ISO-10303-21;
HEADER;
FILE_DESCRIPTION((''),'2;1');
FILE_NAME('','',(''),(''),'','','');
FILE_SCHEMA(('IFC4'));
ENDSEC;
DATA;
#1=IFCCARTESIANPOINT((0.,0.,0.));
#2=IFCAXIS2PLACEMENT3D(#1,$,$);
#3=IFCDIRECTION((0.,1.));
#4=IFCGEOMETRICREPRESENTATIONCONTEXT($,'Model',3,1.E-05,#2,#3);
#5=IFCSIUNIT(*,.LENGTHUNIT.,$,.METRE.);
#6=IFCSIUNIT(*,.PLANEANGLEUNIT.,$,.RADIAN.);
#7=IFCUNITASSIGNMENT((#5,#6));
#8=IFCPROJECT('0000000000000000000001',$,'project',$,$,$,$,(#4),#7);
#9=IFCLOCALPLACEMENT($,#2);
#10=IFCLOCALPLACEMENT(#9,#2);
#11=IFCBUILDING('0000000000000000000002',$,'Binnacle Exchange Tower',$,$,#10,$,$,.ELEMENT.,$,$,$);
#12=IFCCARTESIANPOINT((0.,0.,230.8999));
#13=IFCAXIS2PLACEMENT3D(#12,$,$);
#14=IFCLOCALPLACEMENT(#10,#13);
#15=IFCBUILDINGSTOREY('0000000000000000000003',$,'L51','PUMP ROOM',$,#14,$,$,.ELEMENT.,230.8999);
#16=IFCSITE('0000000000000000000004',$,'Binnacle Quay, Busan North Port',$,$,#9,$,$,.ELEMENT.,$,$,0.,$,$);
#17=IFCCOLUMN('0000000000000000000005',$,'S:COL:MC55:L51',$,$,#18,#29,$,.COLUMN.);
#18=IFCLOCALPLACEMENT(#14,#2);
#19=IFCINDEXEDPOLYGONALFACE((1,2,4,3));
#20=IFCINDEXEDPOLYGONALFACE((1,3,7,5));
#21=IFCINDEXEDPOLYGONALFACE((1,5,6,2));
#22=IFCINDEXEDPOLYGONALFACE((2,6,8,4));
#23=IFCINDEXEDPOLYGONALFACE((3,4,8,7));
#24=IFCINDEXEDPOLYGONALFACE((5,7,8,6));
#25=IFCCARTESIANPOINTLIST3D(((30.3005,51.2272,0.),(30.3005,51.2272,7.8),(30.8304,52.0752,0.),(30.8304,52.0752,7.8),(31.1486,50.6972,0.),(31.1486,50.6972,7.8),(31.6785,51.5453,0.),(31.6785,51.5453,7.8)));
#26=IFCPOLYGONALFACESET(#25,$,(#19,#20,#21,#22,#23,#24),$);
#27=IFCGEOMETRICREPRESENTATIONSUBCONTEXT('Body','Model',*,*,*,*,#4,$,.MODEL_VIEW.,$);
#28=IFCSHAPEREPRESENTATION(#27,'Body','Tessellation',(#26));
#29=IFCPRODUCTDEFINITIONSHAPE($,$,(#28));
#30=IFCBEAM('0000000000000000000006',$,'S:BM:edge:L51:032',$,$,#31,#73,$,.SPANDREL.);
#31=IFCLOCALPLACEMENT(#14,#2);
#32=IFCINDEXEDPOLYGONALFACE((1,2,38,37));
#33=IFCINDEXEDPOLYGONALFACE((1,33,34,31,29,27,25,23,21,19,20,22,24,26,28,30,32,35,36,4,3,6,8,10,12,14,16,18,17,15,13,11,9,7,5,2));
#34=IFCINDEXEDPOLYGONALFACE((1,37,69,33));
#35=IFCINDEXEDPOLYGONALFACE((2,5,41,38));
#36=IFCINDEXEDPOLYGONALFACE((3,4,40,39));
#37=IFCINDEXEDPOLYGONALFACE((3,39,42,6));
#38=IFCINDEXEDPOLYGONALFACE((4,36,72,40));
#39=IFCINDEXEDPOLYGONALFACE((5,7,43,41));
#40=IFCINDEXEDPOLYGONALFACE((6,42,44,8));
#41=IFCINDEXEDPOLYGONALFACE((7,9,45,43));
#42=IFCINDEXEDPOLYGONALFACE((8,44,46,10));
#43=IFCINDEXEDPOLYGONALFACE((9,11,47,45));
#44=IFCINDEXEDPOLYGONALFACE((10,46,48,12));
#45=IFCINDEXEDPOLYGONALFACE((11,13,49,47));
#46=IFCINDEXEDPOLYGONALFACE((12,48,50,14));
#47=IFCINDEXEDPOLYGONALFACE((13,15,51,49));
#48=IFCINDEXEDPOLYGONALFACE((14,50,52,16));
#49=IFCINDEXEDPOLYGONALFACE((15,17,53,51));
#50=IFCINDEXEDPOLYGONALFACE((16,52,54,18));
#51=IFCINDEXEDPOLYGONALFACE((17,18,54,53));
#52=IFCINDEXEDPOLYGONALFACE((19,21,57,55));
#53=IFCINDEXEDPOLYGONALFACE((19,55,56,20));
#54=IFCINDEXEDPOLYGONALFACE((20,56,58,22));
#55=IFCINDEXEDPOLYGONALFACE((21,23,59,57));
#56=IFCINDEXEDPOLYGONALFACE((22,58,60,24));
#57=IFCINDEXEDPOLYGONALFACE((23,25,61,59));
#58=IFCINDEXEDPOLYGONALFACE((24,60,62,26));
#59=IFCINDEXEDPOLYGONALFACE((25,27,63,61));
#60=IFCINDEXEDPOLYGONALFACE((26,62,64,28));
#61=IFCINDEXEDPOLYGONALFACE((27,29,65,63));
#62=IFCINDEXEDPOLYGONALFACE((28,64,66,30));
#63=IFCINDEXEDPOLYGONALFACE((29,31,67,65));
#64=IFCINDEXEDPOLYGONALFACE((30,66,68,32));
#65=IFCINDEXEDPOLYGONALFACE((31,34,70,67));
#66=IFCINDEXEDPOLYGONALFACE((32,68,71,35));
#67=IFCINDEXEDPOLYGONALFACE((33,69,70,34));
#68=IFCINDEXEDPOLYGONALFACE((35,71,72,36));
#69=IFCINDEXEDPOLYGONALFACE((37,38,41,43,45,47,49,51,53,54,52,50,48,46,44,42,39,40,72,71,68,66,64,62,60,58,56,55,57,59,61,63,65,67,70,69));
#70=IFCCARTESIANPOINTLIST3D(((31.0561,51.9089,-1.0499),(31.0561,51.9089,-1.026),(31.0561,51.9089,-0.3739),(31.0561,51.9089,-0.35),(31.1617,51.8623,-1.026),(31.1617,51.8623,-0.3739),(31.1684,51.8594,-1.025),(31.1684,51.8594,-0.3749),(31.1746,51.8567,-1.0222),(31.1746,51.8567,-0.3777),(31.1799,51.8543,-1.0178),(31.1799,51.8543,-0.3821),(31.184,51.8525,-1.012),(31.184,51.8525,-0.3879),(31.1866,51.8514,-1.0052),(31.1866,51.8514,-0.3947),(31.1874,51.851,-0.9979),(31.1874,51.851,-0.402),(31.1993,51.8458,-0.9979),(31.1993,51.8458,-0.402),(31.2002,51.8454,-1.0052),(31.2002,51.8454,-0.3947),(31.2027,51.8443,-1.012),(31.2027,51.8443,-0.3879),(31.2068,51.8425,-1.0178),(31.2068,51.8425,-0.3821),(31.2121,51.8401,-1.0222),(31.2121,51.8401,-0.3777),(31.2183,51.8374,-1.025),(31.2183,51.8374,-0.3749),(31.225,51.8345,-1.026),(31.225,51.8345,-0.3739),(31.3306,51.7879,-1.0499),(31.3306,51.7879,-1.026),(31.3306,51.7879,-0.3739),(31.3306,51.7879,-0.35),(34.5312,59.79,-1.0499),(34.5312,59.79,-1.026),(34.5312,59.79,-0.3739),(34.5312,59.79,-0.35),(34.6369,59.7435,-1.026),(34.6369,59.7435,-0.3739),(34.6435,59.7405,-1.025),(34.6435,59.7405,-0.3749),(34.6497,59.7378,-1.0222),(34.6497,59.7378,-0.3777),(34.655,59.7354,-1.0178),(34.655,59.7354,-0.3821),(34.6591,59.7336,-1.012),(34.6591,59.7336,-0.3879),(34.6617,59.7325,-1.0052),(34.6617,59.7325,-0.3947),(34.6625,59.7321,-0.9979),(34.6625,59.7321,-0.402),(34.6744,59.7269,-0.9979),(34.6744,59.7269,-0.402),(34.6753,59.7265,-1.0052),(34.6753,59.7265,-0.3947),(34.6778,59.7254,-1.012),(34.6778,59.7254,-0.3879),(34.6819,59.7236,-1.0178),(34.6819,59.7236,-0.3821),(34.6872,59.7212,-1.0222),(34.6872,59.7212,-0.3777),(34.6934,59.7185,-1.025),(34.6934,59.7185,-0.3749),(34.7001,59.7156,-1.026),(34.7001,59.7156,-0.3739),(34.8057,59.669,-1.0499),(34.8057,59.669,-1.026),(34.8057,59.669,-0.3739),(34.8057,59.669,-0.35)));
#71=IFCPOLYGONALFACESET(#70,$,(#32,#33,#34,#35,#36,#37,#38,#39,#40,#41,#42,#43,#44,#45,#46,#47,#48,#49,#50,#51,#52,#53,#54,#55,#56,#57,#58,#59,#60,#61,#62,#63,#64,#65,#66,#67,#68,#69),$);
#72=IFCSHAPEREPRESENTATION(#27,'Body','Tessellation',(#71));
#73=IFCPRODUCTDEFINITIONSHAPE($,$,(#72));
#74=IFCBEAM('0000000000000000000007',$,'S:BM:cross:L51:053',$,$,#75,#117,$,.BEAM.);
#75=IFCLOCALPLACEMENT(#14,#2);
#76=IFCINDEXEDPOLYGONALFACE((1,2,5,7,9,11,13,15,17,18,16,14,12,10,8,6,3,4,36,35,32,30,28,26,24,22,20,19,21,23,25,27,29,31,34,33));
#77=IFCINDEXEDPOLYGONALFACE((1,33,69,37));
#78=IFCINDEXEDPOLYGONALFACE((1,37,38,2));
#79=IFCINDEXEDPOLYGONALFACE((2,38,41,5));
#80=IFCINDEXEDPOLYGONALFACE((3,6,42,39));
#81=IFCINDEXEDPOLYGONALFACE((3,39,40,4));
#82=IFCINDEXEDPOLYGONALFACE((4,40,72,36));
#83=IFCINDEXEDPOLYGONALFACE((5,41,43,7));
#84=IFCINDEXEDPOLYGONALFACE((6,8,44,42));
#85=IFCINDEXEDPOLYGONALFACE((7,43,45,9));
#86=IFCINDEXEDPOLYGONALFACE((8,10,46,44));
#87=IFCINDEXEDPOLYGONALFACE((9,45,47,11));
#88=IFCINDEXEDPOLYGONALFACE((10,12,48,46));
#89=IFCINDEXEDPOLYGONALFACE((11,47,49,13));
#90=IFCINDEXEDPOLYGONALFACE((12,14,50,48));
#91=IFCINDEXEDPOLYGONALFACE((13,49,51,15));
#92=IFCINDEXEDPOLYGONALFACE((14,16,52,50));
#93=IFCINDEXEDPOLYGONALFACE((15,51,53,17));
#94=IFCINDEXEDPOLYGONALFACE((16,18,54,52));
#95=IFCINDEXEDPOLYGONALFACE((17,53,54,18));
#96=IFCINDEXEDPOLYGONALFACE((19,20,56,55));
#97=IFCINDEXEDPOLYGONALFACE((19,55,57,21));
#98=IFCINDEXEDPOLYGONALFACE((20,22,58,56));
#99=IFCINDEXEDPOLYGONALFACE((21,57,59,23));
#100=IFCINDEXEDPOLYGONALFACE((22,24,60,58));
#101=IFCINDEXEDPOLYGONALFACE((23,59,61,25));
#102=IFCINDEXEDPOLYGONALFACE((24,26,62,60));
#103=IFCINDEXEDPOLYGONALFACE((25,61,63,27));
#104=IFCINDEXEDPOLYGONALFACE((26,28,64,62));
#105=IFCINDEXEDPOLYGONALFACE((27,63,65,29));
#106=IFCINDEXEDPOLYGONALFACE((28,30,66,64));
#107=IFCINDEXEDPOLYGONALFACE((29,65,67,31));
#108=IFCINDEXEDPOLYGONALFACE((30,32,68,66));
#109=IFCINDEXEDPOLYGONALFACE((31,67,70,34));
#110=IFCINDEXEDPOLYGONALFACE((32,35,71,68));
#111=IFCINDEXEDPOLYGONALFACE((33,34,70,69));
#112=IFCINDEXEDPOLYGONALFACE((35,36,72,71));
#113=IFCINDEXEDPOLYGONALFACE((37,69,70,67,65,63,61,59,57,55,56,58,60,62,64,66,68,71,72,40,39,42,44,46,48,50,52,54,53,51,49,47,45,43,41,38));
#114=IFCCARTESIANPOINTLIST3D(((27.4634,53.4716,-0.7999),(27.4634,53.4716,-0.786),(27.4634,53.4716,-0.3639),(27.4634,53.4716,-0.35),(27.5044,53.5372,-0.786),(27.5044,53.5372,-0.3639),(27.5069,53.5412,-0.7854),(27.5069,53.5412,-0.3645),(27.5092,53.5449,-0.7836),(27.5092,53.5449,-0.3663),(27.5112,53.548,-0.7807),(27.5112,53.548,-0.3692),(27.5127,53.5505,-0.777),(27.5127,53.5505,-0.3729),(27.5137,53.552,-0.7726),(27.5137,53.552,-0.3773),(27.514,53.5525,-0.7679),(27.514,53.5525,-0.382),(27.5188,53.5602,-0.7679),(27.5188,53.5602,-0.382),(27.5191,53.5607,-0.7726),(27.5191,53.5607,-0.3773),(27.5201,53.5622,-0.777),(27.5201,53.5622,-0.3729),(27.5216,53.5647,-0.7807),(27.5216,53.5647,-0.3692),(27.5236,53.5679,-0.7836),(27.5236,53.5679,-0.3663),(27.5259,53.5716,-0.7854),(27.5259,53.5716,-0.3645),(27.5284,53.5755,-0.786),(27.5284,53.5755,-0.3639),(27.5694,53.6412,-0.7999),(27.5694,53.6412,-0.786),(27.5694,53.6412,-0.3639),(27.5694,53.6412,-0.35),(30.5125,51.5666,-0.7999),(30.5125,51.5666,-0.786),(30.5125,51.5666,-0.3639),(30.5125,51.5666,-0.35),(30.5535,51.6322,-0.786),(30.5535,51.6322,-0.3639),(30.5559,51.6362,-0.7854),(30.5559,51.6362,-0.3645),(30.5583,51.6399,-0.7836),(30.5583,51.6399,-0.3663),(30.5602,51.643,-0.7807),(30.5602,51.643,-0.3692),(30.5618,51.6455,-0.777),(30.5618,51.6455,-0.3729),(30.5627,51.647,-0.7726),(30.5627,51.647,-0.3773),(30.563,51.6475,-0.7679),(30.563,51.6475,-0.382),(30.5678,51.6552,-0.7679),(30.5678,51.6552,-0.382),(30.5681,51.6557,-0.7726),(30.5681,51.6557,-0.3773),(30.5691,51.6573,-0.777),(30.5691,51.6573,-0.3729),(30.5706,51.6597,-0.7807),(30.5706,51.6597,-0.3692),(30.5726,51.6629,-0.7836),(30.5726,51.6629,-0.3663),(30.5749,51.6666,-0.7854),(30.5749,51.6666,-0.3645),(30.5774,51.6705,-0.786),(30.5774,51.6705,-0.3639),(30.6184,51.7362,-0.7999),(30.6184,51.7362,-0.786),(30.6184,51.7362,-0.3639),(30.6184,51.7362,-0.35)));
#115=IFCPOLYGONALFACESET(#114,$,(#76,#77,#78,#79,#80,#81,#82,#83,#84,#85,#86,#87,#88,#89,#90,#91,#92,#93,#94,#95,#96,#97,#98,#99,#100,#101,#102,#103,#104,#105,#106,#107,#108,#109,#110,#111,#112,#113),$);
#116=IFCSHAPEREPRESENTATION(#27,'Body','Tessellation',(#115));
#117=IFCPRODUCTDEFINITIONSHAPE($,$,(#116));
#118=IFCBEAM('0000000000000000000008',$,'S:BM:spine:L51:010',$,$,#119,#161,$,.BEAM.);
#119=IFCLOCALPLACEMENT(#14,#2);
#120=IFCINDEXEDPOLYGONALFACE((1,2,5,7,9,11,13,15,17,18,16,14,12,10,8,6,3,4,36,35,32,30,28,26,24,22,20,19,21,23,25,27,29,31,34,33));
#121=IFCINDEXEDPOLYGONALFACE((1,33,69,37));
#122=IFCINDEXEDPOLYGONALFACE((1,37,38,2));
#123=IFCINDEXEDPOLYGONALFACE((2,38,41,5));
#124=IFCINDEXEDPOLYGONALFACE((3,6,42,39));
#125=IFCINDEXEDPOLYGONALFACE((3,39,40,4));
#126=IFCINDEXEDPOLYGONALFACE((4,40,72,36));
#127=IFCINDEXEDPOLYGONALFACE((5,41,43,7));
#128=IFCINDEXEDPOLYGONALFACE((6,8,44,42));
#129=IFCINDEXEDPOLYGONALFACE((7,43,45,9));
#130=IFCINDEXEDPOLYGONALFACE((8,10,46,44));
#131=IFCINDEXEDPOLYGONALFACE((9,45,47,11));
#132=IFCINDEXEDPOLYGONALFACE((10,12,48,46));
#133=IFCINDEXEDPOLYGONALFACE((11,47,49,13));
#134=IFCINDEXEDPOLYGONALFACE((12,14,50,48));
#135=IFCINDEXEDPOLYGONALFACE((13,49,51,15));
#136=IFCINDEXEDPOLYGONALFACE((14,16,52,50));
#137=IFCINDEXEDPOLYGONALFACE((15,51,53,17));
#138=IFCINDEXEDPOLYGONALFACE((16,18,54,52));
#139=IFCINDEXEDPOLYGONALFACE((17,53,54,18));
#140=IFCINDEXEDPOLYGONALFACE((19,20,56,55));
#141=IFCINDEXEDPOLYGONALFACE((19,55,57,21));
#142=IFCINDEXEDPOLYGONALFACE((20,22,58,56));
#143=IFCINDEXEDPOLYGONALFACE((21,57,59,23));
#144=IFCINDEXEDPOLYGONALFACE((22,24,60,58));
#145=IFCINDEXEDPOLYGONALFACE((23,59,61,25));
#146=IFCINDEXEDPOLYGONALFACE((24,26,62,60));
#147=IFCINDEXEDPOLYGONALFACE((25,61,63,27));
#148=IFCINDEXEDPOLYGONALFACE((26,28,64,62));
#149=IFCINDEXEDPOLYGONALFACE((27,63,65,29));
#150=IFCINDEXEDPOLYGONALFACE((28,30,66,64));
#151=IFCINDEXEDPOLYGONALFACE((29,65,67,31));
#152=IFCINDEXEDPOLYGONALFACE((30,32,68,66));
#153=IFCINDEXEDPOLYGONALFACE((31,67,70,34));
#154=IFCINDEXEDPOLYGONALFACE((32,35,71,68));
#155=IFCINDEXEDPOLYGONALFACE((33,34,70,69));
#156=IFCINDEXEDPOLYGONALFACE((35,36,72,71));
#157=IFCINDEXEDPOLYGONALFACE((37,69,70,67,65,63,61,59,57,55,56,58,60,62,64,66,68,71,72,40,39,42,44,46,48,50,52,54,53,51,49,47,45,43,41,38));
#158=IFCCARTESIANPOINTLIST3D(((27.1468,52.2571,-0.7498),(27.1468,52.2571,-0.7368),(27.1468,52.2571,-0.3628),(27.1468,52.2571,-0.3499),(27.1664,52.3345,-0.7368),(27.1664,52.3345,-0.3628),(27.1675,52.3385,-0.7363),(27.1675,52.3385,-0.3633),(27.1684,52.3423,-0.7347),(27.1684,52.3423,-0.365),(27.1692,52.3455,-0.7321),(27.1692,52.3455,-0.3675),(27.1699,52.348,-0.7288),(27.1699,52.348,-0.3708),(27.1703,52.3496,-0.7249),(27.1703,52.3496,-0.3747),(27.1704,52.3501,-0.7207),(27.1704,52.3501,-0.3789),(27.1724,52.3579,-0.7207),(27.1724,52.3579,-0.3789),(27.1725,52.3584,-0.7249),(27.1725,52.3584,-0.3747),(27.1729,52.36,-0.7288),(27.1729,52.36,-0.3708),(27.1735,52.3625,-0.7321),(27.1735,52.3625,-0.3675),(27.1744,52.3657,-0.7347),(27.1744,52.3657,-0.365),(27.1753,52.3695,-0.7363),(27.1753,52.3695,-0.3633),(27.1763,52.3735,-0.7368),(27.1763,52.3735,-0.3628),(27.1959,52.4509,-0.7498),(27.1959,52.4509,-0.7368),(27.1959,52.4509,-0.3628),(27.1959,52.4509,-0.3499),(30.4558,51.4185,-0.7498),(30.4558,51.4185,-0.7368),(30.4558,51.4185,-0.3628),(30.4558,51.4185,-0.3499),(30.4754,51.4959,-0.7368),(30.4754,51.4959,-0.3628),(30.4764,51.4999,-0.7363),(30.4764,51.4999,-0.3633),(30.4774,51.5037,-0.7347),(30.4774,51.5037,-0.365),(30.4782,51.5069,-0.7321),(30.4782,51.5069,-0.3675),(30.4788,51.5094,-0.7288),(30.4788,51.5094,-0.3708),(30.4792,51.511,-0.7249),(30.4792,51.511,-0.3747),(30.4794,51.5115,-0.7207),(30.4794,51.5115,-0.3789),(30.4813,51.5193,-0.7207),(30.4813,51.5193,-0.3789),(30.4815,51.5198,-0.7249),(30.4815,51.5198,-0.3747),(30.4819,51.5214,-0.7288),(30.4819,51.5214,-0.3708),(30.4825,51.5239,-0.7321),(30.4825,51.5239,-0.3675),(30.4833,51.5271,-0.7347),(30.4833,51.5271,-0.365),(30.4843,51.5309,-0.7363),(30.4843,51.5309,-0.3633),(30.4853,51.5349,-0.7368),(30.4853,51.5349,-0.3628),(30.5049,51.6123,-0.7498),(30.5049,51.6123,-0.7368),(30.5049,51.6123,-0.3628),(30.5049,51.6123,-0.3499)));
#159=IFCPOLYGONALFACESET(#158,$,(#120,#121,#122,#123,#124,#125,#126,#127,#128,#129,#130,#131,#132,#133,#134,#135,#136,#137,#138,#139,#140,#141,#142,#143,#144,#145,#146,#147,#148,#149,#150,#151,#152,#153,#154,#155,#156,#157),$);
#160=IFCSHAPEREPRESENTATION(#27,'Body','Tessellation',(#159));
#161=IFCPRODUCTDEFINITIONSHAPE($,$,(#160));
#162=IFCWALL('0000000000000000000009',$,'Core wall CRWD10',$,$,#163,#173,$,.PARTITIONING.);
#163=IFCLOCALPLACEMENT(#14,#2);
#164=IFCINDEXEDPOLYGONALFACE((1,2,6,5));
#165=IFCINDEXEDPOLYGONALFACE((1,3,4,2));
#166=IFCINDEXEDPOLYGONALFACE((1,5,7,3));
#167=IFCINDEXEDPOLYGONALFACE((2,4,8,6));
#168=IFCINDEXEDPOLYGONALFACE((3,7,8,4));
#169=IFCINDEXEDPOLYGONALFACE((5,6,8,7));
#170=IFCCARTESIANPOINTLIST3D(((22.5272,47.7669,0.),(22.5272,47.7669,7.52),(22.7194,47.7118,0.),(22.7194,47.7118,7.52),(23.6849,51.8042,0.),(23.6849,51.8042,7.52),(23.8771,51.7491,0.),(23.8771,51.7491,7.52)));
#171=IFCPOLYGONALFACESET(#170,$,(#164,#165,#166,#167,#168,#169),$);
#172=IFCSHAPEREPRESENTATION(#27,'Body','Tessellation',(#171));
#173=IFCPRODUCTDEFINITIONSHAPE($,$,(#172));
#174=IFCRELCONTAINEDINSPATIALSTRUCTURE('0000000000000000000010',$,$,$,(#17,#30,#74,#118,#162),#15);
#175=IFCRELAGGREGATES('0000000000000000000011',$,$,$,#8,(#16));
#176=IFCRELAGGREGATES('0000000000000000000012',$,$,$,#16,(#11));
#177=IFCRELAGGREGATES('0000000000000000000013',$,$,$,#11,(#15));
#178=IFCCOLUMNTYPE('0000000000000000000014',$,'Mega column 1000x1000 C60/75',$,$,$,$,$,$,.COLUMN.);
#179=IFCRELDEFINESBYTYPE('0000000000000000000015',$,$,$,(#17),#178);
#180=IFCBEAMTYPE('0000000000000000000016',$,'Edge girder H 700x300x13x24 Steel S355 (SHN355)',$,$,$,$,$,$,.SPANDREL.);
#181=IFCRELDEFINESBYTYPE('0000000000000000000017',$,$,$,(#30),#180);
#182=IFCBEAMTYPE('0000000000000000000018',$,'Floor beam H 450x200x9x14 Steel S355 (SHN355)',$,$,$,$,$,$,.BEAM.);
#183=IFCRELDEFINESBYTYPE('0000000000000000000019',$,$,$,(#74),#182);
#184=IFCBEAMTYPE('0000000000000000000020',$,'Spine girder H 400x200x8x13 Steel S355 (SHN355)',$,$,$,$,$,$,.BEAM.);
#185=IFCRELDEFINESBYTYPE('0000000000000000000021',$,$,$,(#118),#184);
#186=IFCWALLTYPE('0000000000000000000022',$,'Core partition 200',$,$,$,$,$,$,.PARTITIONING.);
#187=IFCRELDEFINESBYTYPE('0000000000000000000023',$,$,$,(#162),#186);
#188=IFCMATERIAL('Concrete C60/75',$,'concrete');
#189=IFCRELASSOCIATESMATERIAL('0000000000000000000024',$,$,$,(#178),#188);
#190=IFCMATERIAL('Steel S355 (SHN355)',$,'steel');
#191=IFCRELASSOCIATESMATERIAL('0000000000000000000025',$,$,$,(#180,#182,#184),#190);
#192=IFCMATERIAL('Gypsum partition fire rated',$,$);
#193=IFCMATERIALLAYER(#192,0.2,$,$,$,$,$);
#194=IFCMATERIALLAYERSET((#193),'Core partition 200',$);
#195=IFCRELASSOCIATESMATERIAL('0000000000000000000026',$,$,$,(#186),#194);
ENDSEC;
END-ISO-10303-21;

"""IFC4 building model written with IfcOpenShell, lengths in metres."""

from ifc_helpers import new_model, si_unit, direction, frame, frame_2d, origin, origin_2d, place, context, subcontext, project, spatial, rectangle, i_section, extrude, material, layer, layer_set, material_profile, profile_set, type_object, element, save


model = new_model("IFC4")

# Units and contexts
model_context = context("Model", 3, precision=1e-05, world=origin(), true_north=direction((0.0, 1.0)))
body_context = subcontext(model_context, "Body", "Model", "MODEL_VIEW")
ifc_project = project(units=[si_unit("LENGTHUNIT", "METRE"), si_unit("PLANEANGLEUNIT", "RADIAN")], contexts=[model_context])

# Site, building, storey
site_placement = place(None, origin())
site = spatial("IfcSite", under=ifc_project, at=site_placement, Name="Binnacle Quay, Busan North Port", CompositionType="ELEMENT", RefElevation=0.0)
building_placement = place(site_placement, origin())
building = spatial("IfcBuilding", under=site, at=building_placement, Name="Binnacle Exchange Tower", CompositionType="ELEMENT")
storey_placement = place(building_placement, frame((0.0, 0.0, 230.8999)))
storey = spatial("IfcBuildingStorey", under=building, at=storey_placement, Name="L51", Description="PUMP ROOM", CompositionType="ELEMENT", Elevation=230.8999)

# Column
ifc_material_1 = material(Name="Concrete C60/75", Category="concrete")
ifc_material_profile_1 = material_profile(ifc_material_1, rectangle(XDim=1.0, YDim=1.0, at=origin_2d()), Name="Mega column 1000x1000 C60/75")
ifc_profile_set_1 = profile_set([ifc_material_profile_1], Name="Concrete C60/75")
column_type = type_object("IfcColumnType", Name="Mega column 1000x1000 C60/75", PredefinedType="COLUMN", material=ifc_profile_set_1)
column_placement = place(storey_placement, frame((30.9895, 51.3862, 0.0), z_axis=(0.0, 0.0, 1.0), x_axis=(0.529919, 0.848048, 0.0)))
element("IfcColumn", 1, at=column_placement, inside=storey, type_object=column_type, Name="S:COL:MC55:L51", PredefinedType="COLUMN", context=body_context, shape_type="SweptSolid", body=[
    extrude(rectangle(XDim=1.0, YDim=1.0, at=origin_2d()), origin(), (0.0, 0.0, 1.0), 7.8),
])

# Beams
ifc_material_2 = material(Name="Steel S355 (SHN355)", Category="steel")
ifc_material_profile_2 = material_profile(ifc_material_2, i_section(OverallWidth=0.3, OverallDepth=0.7, WebThickness=0.0129, FlangeThickness=0.0239, FilletRadius=0.0281, at=origin_2d()), Name="H 700x300x13x24")
ifc_profile_set_2 = profile_set([ifc_material_profile_2], Name="Steel S355 (SHN355)")
beam_type_1 = type_object("IfcBeamType", Name="Edge girder H 700x300x13x24 Steel S355 (SHN355)", PredefinedType="SPANDREL", material=ifc_profile_set_2)
beam_1_placement = place(storey_placement, frame((31.1934, 51.8484, -0.7), z_axis=(0.403459, 0.914998, 0.0), x_axis=(-0.914998, 0.403459, 0.0)))
element("IfcBeam", 2, at=beam_1_placement, inside=storey, type_object=beam_type_1, Name="S:BM:edge:L51:032", PredefinedType="SPANDREL", context=body_context, shape_type="SweptSolid", body=[
    extrude(i_section(OverallWidth=0.3, OverallDepth=0.7, WebThickness=0.0129, FlangeThickness=0.0239, FilletRadius=0.0281, at=origin_2d()), origin(), (0.0, 0.0, 1.0), 8.6133),
])
ifc_material_profile_3 = material_profile(ifc_material_2, i_section(OverallWidth=0.2, OverallDepth=0.45, WebThickness=0.009, FlangeThickness=0.0139, FilletRadius=0.0181, at=origin_2d()), Name="H 450x200x9x14")
ifc_profile_set_3 = profile_set([ifc_material_profile_3], Name="Steel S355 (SHN355)")
beam_type_2 = type_object("IfcBeamType", Name="Floor beam H 450x200x9x14 Steel S355 (SHN355)", PredefinedType="BEAM", material=ifc_profile_set_3)
beam_2_placement = place(storey_placement, frame((30.5654, 51.6514, -0.575), z_axis=(-0.848078, 0.529871, 0.0), x_axis=(-0.529871, -0.848078, 0.0)))
element("IfcBeam", 3, at=beam_2_placement, inside=storey, type_object=beam_type_2, Name="S:BM:cross:L51:053", PredefinedType="BEAM", context=body_context, shape_type="SweptSolid", body=[
    extrude(i_section(OverallWidth=0.2, OverallDepth=0.45, WebThickness=0.009, FlangeThickness=0.0139, FilletRadius=0.0181, at=origin_2d()), origin(), (0.0, 0.0, 1.0), 3.5952),
])
ifc_material_profile_4 = material_profile(ifc_material_2, i_section(OverallWidth=0.2, OverallDepth=0.3999, WebThickness=0.0081, FlangeThickness=0.0129, FilletRadius=0.0161, at=origin_2d()), Name="H 400x200x8x13")
ifc_profile_set_4 = profile_set([ifc_material_profile_4], Name="Steel S355 (SHN355)")
beam_type_3 = type_object("IfcBeamType", Name="Spine girder H 400x200x8x13 Steel S355 (SHN355)", PredefinedType="BEAM", material=ifc_profile_set_4)
beam_3_placement = place(storey_placement, frame((27.1714, 52.354, -0.5498), z_axis=(0.969355, -0.245664, 0.0), x_axis=(0.245664, 0.969355, 0.0)))
element("IfcBeam", 4, at=beam_3_placement, inside=storey, type_object=beam_type_3, Name="S:BM:spine:L51:010", PredefinedType="BEAM", context=body_context, shape_type="SweptSolid", body=[
    extrude(i_section(OverallWidth=0.2, OverallDepth=0.3999, WebThickness=0.0081, FlangeThickness=0.0129, FilletRadius=0.0161, at=origin_2d()), origin(), (0.0, 0.0, 1.0), 3.4136),
])

# Wall
ifc_material_3 = material(Name="Gypsum partition fire rated")
ifc_layer_1 = layer(ifc_material_3, 0.2)
ifc_layer_set_1 = layer_set([ifc_layer_1], Name="Core partition 200")
wall_type_1 = type_object("IfcWallType", Name="Core partition 200", PredefinedType="PARTITIONING", material=ifc_layer_set_1)
wall_1_placement = place(storey_placement, frame((22.6233, 47.7393, 0.0), z_axis=(0.0, 0.0, 1.0), x_axis=(0.275642, 0.96126, 0.0)))
element("IfcWall", 5, at=wall_1_placement, inside=storey, type_object=wall_type_1, Name="Core wall CRWD10", PredefinedType="PARTITIONING", context=body_context, shape_type="SweptSolid", body=[
    extrude(rectangle(XDim=4.2, YDim=0.2, at=frame_2d((2.1001, 0.0))), origin(), (0.0, 0.0, 1.0), 7.52),
])

save(model, "model.ifc")
